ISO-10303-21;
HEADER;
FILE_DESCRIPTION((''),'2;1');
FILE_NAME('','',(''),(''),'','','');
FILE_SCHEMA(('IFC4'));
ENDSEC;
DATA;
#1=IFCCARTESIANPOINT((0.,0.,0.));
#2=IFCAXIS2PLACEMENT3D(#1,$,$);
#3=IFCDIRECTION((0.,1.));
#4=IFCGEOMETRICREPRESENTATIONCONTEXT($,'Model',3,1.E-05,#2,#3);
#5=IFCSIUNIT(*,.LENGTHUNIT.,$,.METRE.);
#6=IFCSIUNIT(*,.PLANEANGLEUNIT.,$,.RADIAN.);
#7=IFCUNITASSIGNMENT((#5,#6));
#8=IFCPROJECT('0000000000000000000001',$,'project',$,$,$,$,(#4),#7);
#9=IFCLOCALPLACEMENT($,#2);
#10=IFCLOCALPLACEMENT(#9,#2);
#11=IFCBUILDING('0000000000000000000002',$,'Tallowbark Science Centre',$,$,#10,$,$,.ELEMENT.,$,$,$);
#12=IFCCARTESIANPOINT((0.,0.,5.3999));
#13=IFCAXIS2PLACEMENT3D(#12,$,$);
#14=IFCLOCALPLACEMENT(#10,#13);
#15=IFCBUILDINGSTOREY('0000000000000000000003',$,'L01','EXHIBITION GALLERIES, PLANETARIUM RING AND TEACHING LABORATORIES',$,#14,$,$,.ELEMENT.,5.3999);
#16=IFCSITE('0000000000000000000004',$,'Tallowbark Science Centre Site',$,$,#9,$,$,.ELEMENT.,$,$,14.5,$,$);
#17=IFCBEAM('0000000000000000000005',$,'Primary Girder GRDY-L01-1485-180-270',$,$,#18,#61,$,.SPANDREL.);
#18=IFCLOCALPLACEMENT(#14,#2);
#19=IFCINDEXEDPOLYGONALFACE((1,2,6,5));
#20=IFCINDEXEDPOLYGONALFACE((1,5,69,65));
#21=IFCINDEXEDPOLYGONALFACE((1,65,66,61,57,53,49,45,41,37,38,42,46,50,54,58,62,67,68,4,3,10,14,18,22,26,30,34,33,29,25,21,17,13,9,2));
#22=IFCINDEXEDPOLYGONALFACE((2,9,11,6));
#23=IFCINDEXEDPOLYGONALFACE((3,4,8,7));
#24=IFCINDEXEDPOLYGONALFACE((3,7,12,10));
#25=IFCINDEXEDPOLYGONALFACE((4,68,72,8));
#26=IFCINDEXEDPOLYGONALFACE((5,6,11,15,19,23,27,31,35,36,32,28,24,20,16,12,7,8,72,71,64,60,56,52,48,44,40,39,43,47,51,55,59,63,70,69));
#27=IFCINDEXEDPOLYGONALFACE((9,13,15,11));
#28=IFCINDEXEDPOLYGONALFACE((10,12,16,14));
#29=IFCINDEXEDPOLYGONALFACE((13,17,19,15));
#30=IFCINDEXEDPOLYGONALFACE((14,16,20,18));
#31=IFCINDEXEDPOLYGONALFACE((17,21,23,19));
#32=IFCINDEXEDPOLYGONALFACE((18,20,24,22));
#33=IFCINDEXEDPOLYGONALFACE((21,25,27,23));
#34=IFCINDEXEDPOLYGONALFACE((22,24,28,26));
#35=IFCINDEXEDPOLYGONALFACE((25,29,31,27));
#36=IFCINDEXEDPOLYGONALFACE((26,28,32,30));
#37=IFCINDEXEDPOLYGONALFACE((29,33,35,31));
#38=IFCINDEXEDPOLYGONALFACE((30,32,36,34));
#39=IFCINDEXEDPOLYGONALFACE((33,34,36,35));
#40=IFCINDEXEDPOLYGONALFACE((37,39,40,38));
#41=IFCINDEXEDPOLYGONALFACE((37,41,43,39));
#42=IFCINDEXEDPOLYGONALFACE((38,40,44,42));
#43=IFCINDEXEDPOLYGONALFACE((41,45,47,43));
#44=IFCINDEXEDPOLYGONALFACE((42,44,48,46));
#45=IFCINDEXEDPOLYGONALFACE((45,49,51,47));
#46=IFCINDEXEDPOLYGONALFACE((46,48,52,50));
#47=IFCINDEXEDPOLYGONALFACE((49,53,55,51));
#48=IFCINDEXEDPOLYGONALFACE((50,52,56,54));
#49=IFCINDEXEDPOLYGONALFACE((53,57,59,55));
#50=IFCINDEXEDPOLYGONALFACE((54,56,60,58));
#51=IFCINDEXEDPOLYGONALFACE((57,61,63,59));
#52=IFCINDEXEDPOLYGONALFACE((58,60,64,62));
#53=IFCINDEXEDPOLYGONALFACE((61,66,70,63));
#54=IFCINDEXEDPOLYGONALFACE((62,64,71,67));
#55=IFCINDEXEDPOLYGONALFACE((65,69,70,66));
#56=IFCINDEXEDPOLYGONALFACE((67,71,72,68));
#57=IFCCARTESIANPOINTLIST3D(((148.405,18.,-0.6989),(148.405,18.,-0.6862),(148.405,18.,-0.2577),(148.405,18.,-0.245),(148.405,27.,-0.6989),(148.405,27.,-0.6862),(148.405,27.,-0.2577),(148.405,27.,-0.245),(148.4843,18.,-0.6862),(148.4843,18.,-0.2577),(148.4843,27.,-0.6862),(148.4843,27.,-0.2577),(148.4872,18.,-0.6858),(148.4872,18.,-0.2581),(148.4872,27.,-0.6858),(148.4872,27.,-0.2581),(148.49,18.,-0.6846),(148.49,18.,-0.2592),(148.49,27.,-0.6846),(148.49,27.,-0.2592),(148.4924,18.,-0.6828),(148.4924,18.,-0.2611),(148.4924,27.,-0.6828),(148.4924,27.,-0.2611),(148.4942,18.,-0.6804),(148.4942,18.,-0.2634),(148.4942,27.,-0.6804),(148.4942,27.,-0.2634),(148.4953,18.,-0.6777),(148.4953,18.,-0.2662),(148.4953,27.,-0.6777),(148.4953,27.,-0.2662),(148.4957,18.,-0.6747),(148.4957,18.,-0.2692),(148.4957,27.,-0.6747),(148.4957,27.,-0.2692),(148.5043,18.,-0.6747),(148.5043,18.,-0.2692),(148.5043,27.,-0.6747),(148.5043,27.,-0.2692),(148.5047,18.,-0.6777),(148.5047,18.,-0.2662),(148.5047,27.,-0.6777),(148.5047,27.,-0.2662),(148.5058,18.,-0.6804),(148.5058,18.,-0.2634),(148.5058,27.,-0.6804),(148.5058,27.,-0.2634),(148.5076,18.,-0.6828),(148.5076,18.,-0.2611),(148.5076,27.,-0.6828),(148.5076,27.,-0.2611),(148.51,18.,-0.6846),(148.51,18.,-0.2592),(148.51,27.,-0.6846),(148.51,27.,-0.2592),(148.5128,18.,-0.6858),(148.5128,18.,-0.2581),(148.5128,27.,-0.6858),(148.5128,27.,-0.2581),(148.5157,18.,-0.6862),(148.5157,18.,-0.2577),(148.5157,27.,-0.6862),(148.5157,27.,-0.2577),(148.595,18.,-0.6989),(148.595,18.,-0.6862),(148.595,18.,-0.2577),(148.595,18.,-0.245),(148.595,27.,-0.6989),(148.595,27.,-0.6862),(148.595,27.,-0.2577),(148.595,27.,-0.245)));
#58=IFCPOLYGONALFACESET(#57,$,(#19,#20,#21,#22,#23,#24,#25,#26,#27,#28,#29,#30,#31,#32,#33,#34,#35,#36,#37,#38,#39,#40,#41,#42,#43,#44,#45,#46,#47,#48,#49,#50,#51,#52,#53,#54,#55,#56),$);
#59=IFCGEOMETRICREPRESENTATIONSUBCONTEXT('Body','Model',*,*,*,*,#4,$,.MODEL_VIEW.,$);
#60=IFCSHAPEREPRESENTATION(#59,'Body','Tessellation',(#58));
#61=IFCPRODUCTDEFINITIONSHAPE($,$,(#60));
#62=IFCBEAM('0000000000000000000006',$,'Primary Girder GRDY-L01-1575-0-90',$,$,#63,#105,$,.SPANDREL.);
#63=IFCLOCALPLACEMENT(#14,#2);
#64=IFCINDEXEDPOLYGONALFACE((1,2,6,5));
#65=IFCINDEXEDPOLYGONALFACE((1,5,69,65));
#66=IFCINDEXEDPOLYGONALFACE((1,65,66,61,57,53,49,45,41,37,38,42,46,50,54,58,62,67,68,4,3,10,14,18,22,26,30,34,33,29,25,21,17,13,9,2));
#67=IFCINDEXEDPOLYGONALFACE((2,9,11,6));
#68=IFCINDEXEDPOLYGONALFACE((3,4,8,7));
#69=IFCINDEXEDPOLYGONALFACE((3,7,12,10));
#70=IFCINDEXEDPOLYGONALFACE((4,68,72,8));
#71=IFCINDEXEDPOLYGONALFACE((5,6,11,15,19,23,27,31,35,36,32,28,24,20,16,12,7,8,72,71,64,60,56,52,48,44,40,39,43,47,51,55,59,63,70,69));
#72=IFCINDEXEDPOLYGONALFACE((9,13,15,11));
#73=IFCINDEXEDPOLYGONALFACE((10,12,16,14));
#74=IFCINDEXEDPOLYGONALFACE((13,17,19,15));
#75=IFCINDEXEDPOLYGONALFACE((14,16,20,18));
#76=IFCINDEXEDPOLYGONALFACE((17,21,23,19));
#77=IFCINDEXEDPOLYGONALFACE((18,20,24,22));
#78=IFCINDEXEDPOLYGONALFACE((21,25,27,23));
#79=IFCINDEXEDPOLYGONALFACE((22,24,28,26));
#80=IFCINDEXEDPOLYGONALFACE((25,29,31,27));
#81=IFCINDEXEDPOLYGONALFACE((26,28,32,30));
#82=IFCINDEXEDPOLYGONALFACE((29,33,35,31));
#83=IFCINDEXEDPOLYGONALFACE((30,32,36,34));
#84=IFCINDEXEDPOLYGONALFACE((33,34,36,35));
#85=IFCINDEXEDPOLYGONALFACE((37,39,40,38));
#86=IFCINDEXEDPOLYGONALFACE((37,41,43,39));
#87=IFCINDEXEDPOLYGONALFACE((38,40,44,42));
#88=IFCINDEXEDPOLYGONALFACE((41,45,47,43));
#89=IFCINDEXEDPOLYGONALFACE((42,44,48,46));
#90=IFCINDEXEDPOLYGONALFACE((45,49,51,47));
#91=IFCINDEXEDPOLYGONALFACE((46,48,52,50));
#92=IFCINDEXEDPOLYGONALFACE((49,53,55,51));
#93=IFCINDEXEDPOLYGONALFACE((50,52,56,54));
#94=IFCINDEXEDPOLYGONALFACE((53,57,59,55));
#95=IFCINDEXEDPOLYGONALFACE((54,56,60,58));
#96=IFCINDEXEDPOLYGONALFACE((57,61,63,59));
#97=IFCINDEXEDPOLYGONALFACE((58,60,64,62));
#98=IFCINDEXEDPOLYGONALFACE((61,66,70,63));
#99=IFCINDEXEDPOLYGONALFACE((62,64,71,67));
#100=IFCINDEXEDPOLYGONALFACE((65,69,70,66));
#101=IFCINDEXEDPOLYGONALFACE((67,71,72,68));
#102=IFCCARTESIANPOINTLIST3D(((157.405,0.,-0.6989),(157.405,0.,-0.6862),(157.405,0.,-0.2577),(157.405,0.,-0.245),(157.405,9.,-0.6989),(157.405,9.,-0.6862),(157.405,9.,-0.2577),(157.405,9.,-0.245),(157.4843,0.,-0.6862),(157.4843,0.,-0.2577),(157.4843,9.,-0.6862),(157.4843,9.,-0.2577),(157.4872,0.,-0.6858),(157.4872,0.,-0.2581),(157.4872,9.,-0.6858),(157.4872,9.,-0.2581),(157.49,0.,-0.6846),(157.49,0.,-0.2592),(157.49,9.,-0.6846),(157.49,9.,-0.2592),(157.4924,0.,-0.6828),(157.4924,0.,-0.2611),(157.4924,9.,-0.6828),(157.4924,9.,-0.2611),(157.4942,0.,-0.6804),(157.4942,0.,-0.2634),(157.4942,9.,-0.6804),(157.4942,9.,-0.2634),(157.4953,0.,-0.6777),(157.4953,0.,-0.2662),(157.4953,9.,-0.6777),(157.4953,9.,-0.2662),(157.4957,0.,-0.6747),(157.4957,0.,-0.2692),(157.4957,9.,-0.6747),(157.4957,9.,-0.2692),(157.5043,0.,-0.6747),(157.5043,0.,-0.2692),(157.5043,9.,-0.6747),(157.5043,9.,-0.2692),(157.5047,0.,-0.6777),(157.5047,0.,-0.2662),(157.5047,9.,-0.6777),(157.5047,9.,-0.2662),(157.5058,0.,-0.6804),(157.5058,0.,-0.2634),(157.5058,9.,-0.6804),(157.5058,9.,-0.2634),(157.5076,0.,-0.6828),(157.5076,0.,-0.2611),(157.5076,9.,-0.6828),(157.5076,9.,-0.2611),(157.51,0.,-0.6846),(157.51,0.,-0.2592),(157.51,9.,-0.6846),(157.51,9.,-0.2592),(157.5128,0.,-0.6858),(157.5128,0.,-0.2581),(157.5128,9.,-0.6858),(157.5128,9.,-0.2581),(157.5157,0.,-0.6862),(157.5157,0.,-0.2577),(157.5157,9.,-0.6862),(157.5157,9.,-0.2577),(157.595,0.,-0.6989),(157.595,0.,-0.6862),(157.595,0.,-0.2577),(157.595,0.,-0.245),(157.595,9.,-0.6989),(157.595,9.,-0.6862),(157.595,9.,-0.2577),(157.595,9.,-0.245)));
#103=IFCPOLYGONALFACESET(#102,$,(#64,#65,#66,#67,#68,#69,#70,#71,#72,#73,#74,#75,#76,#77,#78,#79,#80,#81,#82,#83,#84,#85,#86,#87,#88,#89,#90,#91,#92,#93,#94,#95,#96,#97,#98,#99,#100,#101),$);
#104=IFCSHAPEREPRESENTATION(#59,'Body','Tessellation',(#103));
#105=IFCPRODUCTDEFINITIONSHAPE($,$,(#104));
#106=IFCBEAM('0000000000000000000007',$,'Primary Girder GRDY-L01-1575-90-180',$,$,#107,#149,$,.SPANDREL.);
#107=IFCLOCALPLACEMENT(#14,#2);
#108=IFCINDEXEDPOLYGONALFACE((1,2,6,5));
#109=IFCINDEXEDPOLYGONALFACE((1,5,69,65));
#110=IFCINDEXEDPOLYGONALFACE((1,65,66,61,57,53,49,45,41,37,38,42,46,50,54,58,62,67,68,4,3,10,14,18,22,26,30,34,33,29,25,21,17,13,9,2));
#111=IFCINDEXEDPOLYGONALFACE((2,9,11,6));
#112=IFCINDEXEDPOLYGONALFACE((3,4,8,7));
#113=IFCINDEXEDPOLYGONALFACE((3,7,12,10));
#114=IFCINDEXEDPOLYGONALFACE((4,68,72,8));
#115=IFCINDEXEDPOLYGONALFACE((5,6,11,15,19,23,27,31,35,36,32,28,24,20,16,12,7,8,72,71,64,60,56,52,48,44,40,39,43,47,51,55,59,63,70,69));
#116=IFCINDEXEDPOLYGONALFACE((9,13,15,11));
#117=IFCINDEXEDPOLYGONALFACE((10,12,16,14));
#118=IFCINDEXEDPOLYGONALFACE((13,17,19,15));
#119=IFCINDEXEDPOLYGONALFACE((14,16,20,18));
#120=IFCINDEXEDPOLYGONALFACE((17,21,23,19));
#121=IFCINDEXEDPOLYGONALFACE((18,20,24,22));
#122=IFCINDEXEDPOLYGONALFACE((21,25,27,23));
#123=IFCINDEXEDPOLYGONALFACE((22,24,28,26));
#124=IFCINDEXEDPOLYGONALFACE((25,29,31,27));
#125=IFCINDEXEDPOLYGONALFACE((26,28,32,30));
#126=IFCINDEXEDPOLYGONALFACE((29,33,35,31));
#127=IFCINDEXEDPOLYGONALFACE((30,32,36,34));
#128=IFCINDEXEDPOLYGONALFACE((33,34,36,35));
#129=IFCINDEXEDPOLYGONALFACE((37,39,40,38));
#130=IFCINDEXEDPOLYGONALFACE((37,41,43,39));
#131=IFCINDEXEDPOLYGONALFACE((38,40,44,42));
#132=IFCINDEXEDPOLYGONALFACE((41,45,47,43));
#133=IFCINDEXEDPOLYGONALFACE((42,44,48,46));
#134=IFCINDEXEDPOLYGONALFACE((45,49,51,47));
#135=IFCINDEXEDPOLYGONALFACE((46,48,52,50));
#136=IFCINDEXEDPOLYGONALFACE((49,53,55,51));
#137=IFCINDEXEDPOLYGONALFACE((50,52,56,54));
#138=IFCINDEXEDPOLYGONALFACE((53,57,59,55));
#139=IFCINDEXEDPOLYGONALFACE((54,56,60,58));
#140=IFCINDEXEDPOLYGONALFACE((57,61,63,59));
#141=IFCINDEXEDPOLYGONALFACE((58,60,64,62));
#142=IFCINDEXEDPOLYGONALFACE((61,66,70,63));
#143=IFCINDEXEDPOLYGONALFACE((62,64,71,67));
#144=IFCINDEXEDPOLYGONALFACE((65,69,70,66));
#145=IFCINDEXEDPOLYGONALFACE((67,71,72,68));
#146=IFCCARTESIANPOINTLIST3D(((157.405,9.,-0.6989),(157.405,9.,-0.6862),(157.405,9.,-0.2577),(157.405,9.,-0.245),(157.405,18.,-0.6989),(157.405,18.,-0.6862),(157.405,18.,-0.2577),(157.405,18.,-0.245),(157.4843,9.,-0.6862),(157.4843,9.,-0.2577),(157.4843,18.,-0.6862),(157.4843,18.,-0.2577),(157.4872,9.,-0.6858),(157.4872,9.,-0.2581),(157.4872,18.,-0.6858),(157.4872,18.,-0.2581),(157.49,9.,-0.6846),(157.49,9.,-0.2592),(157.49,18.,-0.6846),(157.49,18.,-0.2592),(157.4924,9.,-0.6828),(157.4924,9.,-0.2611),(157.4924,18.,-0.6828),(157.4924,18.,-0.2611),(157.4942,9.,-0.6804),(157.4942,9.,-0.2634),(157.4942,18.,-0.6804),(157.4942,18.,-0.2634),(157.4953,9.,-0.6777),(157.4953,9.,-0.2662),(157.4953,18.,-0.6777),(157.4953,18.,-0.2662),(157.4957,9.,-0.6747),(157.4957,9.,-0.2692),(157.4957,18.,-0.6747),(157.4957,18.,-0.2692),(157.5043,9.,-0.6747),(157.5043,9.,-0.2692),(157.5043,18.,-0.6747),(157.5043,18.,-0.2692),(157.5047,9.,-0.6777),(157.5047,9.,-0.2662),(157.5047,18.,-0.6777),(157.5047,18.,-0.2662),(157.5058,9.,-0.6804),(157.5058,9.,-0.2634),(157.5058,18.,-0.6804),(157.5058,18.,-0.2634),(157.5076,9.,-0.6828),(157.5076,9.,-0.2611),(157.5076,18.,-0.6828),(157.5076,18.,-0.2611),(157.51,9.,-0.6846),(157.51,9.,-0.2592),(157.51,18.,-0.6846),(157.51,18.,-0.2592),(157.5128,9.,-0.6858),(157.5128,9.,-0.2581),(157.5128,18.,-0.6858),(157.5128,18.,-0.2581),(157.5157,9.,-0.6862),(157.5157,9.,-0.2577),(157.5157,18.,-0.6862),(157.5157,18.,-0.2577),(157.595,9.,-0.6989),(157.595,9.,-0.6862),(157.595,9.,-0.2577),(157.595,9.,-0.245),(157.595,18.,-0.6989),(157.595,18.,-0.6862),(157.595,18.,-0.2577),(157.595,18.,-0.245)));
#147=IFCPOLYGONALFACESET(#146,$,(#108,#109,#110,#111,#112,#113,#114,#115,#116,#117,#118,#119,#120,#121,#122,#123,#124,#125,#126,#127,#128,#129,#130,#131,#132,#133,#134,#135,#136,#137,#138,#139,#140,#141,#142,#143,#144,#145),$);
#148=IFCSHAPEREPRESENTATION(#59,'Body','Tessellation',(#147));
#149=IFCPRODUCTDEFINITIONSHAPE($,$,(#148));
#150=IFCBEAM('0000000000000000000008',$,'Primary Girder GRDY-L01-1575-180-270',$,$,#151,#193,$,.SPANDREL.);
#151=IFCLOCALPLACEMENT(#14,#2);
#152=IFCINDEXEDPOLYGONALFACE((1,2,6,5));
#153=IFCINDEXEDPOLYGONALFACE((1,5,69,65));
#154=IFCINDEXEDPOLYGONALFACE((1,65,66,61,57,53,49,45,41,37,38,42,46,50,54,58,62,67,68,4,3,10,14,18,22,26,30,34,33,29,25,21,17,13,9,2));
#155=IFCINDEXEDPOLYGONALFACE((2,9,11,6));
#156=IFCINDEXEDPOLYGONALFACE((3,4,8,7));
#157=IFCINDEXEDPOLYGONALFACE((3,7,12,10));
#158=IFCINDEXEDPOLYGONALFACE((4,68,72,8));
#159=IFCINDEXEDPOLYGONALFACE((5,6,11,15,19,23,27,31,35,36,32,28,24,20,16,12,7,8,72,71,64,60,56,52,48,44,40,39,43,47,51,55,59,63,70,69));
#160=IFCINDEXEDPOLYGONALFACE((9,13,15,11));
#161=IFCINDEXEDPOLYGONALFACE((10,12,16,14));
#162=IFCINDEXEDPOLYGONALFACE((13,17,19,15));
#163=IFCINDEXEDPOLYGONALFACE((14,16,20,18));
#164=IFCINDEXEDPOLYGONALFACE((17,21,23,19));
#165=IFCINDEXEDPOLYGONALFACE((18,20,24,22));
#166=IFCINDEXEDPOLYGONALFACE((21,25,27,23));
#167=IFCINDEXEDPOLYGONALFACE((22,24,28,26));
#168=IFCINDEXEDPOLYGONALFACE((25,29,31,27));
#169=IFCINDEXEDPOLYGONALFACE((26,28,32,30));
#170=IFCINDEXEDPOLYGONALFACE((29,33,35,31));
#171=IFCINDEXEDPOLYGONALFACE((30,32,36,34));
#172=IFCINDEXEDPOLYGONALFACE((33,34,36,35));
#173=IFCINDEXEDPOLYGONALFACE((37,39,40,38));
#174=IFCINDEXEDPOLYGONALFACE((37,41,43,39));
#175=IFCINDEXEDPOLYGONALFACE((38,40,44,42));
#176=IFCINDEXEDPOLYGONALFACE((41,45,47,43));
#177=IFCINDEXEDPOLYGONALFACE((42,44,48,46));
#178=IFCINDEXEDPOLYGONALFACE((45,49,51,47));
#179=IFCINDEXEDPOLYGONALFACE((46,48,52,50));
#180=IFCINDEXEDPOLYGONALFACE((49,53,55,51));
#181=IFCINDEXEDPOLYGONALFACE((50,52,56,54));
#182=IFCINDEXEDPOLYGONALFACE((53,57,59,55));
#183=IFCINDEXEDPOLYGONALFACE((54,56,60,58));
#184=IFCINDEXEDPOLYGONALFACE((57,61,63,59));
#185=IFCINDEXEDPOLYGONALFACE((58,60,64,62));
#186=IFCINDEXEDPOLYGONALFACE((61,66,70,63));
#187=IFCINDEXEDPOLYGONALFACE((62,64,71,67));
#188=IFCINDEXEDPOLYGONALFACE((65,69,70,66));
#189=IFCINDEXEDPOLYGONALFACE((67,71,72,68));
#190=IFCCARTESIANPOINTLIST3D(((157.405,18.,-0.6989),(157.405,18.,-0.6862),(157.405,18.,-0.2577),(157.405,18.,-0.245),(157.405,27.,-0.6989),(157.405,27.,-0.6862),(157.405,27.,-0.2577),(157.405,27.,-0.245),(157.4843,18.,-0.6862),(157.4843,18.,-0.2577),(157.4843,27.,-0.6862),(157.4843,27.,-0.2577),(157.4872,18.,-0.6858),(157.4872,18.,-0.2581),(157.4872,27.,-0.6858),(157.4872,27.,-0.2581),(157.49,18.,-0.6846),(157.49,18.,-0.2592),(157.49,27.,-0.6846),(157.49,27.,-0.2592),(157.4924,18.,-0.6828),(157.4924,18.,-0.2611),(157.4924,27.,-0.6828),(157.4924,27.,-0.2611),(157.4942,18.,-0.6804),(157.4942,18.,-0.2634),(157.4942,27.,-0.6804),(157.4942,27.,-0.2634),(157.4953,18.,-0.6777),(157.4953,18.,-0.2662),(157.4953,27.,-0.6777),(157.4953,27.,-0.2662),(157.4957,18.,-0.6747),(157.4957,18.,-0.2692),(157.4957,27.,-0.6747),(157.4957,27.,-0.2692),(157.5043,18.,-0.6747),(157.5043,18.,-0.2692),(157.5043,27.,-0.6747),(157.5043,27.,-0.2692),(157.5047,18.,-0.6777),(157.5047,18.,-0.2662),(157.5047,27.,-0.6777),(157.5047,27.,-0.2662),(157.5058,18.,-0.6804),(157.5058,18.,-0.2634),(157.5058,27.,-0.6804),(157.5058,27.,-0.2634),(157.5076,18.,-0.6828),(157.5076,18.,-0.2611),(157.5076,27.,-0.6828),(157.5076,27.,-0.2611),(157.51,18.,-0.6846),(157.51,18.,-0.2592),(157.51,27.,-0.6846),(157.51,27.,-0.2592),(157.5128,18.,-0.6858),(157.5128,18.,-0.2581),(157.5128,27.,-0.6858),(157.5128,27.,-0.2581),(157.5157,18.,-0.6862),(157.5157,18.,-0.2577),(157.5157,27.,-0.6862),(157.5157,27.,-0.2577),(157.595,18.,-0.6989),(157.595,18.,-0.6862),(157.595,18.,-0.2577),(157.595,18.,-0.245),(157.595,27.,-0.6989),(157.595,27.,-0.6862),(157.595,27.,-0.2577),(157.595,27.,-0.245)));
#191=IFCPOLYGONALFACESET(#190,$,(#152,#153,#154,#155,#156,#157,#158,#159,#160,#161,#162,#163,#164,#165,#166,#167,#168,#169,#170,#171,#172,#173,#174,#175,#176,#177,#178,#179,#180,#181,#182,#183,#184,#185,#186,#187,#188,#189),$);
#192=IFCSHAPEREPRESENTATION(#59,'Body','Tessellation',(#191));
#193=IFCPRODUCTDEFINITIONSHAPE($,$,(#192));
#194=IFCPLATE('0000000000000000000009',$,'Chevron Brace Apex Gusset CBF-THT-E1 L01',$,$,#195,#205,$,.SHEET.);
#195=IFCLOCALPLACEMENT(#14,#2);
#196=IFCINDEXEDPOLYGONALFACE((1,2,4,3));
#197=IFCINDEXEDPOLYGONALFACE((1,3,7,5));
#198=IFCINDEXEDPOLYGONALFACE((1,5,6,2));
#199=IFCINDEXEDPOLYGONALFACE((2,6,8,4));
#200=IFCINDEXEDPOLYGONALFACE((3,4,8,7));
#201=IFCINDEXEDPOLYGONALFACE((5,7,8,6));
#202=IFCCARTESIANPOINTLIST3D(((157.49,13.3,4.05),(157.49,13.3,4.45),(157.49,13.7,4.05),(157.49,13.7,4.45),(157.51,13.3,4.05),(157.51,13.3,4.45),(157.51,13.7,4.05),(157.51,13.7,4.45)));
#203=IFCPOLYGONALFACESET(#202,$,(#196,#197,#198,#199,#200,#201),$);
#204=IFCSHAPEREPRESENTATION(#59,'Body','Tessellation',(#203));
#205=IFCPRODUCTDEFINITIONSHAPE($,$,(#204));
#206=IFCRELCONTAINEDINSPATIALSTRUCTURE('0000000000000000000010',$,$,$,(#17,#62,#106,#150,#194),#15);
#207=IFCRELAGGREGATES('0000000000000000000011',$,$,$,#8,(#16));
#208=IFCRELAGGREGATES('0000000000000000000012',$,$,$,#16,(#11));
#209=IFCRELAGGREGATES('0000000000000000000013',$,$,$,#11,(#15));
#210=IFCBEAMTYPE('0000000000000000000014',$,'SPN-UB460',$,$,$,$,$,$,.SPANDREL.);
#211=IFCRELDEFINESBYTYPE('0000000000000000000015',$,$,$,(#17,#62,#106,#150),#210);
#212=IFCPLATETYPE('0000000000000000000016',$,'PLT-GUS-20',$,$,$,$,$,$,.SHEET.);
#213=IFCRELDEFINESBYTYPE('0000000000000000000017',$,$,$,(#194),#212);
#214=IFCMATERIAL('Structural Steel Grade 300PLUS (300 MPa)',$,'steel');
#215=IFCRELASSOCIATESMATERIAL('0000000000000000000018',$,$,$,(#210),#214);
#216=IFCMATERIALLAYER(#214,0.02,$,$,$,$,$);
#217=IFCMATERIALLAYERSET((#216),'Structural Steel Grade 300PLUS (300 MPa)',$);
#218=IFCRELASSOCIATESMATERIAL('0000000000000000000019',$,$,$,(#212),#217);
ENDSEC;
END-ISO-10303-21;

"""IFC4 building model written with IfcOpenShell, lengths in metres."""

from ifc_helpers import new_model, si_unit, direction, frame, origin, origin_2d, place, context, subcontext, project, spatial, rectangle, i_section, extrude, material, layer, layer_set, material_profile, profile_set, type_object, element, save


model = new_model("IFC4")

# Units and contexts
model_context = context("Model", 3, precision=1e-05, world=origin(), true_north=direction((0.0, 1.0)))
body_context = subcontext(model_context, "Body", "Model", "MODEL_VIEW")
ifc_project = project(units=[si_unit("LENGTHUNIT", "METRE"), si_unit("PLANEANGLEUNIT", "RADIAN")], contexts=[model_context])

# Site, building, storey
site_placement = place(None, origin())
site = spatial("IfcSite", under=ifc_project, at=site_placement, Name="Tallowbark Science Centre Site", CompositionType="ELEMENT", RefElevation=14.5)
building_placement = place(site_placement, origin())
building = spatial("IfcBuilding", under=site, at=building_placement, Name="Tallowbark Science Centre", CompositionType="ELEMENT")
storey_placement = place(building_placement, frame((0.0, 0.0, 5.3999)))
storey = spatial("IfcBuildingStorey", under=building, at=storey_placement, Name="L01", Description="EXHIBITION GALLERIES, PLANETARIUM RING AND TEACHING LABORATORIES", CompositionType="ELEMENT", Elevation=5.3999)

# Shared definitions
ifc_material_1 = material(Name="Structural Steel Grade 300PLUS (300 MPa)", Category="steel")

# Beams
ifc_material_profile_1 = material_profile(ifc_material_1, i_section(OverallWidth=0.1899, OverallDepth=0.4539, WebThickness=0.0085, FlangeThickness=0.0127, FilletRadius=0.0115, at=origin_2d()), Name="460UB67.1")
ifc_profile_set_1 = profile_set([ifc_material_profile_1], Name="Structural Steel Grade 300PLUS (300 MPa)")
beam_type_1 = type_object("IfcBeamType", Name="SPN-UB460", PredefinedType="SPANDREL", material=ifc_profile_set_1)
for number, where, z_axis, x_axis, name in (
    (1, (148.5, 18.0, -0.4719), (0.0, 1.0, 0.0), (-1.0, 0.0, 0.0), "Primary Girder GRDY-L01-1485-180-270"),
    (2, (157.5, 0.0, -0.4719), (0.0, 1.0, 0.0), (-1.0, 0.0, 0.0), "Primary Girder GRDY-L01-1575-0-90"),
    (3, (157.5, 9.0, -0.4719), (0.0, 1.0, 0.0), (-1.0, 0.0, 0.0), "Primary Girder GRDY-L01-1575-90-180"),
    (4, (157.5, 18.0, -0.4719), (0.0, 1.0, 0.0), (-1.0, 0.0, 0.0), "Primary Girder GRDY-L01-1575-180-270"),
):
    element("IfcBeam", number, at=place(storey_placement, frame(where, z_axis=z_axis, x_axis=x_axis)), inside=storey, type_object=beam_type_1, Name=name, PredefinedType="SPANDREL", context=body_context, shape_type="SweptSolid", body=[
        extrude(i_section(OverallWidth=0.1899, OverallDepth=0.4539, WebThickness=0.0085, FlangeThickness=0.0127, FilletRadius=0.0115, at=origin_2d()), origin(), (0.0, 0.0, 1.0), 9.0),
    ])

# Plate
ifc_layer_1 = layer(ifc_material_1, 0.02)
ifc_layer_set_1 = layer_set([ifc_layer_1], Name="Structural Steel Grade 300PLUS (300 MPa)")
plate_type = type_object("IfcPlateType", Name="PLT-GUS-20", PredefinedType="SHEET", material=ifc_layer_set_1)
plate_placement = place(storey_placement, frame((157.5, 13.5, 4.05), z_axis=(0.0, 0.0, 1.0), x_axis=(0.0, 1.0, 0.0)))
element("IfcPlate", 5, at=plate_placement, inside=storey, type_object=plate_type, Name="Chevron Brace Apex Gusset CBF-THT-E1 L01", PredefinedType="SHEET", context=body_context, shape_type="SweptSolid", body=[
    extrude(rectangle(XDim=0.3999, YDim=0.02, at=origin_2d()), origin(), (0.0, 0.0, 1.0), 0.3999),
])

save(model, "model.ifc")
